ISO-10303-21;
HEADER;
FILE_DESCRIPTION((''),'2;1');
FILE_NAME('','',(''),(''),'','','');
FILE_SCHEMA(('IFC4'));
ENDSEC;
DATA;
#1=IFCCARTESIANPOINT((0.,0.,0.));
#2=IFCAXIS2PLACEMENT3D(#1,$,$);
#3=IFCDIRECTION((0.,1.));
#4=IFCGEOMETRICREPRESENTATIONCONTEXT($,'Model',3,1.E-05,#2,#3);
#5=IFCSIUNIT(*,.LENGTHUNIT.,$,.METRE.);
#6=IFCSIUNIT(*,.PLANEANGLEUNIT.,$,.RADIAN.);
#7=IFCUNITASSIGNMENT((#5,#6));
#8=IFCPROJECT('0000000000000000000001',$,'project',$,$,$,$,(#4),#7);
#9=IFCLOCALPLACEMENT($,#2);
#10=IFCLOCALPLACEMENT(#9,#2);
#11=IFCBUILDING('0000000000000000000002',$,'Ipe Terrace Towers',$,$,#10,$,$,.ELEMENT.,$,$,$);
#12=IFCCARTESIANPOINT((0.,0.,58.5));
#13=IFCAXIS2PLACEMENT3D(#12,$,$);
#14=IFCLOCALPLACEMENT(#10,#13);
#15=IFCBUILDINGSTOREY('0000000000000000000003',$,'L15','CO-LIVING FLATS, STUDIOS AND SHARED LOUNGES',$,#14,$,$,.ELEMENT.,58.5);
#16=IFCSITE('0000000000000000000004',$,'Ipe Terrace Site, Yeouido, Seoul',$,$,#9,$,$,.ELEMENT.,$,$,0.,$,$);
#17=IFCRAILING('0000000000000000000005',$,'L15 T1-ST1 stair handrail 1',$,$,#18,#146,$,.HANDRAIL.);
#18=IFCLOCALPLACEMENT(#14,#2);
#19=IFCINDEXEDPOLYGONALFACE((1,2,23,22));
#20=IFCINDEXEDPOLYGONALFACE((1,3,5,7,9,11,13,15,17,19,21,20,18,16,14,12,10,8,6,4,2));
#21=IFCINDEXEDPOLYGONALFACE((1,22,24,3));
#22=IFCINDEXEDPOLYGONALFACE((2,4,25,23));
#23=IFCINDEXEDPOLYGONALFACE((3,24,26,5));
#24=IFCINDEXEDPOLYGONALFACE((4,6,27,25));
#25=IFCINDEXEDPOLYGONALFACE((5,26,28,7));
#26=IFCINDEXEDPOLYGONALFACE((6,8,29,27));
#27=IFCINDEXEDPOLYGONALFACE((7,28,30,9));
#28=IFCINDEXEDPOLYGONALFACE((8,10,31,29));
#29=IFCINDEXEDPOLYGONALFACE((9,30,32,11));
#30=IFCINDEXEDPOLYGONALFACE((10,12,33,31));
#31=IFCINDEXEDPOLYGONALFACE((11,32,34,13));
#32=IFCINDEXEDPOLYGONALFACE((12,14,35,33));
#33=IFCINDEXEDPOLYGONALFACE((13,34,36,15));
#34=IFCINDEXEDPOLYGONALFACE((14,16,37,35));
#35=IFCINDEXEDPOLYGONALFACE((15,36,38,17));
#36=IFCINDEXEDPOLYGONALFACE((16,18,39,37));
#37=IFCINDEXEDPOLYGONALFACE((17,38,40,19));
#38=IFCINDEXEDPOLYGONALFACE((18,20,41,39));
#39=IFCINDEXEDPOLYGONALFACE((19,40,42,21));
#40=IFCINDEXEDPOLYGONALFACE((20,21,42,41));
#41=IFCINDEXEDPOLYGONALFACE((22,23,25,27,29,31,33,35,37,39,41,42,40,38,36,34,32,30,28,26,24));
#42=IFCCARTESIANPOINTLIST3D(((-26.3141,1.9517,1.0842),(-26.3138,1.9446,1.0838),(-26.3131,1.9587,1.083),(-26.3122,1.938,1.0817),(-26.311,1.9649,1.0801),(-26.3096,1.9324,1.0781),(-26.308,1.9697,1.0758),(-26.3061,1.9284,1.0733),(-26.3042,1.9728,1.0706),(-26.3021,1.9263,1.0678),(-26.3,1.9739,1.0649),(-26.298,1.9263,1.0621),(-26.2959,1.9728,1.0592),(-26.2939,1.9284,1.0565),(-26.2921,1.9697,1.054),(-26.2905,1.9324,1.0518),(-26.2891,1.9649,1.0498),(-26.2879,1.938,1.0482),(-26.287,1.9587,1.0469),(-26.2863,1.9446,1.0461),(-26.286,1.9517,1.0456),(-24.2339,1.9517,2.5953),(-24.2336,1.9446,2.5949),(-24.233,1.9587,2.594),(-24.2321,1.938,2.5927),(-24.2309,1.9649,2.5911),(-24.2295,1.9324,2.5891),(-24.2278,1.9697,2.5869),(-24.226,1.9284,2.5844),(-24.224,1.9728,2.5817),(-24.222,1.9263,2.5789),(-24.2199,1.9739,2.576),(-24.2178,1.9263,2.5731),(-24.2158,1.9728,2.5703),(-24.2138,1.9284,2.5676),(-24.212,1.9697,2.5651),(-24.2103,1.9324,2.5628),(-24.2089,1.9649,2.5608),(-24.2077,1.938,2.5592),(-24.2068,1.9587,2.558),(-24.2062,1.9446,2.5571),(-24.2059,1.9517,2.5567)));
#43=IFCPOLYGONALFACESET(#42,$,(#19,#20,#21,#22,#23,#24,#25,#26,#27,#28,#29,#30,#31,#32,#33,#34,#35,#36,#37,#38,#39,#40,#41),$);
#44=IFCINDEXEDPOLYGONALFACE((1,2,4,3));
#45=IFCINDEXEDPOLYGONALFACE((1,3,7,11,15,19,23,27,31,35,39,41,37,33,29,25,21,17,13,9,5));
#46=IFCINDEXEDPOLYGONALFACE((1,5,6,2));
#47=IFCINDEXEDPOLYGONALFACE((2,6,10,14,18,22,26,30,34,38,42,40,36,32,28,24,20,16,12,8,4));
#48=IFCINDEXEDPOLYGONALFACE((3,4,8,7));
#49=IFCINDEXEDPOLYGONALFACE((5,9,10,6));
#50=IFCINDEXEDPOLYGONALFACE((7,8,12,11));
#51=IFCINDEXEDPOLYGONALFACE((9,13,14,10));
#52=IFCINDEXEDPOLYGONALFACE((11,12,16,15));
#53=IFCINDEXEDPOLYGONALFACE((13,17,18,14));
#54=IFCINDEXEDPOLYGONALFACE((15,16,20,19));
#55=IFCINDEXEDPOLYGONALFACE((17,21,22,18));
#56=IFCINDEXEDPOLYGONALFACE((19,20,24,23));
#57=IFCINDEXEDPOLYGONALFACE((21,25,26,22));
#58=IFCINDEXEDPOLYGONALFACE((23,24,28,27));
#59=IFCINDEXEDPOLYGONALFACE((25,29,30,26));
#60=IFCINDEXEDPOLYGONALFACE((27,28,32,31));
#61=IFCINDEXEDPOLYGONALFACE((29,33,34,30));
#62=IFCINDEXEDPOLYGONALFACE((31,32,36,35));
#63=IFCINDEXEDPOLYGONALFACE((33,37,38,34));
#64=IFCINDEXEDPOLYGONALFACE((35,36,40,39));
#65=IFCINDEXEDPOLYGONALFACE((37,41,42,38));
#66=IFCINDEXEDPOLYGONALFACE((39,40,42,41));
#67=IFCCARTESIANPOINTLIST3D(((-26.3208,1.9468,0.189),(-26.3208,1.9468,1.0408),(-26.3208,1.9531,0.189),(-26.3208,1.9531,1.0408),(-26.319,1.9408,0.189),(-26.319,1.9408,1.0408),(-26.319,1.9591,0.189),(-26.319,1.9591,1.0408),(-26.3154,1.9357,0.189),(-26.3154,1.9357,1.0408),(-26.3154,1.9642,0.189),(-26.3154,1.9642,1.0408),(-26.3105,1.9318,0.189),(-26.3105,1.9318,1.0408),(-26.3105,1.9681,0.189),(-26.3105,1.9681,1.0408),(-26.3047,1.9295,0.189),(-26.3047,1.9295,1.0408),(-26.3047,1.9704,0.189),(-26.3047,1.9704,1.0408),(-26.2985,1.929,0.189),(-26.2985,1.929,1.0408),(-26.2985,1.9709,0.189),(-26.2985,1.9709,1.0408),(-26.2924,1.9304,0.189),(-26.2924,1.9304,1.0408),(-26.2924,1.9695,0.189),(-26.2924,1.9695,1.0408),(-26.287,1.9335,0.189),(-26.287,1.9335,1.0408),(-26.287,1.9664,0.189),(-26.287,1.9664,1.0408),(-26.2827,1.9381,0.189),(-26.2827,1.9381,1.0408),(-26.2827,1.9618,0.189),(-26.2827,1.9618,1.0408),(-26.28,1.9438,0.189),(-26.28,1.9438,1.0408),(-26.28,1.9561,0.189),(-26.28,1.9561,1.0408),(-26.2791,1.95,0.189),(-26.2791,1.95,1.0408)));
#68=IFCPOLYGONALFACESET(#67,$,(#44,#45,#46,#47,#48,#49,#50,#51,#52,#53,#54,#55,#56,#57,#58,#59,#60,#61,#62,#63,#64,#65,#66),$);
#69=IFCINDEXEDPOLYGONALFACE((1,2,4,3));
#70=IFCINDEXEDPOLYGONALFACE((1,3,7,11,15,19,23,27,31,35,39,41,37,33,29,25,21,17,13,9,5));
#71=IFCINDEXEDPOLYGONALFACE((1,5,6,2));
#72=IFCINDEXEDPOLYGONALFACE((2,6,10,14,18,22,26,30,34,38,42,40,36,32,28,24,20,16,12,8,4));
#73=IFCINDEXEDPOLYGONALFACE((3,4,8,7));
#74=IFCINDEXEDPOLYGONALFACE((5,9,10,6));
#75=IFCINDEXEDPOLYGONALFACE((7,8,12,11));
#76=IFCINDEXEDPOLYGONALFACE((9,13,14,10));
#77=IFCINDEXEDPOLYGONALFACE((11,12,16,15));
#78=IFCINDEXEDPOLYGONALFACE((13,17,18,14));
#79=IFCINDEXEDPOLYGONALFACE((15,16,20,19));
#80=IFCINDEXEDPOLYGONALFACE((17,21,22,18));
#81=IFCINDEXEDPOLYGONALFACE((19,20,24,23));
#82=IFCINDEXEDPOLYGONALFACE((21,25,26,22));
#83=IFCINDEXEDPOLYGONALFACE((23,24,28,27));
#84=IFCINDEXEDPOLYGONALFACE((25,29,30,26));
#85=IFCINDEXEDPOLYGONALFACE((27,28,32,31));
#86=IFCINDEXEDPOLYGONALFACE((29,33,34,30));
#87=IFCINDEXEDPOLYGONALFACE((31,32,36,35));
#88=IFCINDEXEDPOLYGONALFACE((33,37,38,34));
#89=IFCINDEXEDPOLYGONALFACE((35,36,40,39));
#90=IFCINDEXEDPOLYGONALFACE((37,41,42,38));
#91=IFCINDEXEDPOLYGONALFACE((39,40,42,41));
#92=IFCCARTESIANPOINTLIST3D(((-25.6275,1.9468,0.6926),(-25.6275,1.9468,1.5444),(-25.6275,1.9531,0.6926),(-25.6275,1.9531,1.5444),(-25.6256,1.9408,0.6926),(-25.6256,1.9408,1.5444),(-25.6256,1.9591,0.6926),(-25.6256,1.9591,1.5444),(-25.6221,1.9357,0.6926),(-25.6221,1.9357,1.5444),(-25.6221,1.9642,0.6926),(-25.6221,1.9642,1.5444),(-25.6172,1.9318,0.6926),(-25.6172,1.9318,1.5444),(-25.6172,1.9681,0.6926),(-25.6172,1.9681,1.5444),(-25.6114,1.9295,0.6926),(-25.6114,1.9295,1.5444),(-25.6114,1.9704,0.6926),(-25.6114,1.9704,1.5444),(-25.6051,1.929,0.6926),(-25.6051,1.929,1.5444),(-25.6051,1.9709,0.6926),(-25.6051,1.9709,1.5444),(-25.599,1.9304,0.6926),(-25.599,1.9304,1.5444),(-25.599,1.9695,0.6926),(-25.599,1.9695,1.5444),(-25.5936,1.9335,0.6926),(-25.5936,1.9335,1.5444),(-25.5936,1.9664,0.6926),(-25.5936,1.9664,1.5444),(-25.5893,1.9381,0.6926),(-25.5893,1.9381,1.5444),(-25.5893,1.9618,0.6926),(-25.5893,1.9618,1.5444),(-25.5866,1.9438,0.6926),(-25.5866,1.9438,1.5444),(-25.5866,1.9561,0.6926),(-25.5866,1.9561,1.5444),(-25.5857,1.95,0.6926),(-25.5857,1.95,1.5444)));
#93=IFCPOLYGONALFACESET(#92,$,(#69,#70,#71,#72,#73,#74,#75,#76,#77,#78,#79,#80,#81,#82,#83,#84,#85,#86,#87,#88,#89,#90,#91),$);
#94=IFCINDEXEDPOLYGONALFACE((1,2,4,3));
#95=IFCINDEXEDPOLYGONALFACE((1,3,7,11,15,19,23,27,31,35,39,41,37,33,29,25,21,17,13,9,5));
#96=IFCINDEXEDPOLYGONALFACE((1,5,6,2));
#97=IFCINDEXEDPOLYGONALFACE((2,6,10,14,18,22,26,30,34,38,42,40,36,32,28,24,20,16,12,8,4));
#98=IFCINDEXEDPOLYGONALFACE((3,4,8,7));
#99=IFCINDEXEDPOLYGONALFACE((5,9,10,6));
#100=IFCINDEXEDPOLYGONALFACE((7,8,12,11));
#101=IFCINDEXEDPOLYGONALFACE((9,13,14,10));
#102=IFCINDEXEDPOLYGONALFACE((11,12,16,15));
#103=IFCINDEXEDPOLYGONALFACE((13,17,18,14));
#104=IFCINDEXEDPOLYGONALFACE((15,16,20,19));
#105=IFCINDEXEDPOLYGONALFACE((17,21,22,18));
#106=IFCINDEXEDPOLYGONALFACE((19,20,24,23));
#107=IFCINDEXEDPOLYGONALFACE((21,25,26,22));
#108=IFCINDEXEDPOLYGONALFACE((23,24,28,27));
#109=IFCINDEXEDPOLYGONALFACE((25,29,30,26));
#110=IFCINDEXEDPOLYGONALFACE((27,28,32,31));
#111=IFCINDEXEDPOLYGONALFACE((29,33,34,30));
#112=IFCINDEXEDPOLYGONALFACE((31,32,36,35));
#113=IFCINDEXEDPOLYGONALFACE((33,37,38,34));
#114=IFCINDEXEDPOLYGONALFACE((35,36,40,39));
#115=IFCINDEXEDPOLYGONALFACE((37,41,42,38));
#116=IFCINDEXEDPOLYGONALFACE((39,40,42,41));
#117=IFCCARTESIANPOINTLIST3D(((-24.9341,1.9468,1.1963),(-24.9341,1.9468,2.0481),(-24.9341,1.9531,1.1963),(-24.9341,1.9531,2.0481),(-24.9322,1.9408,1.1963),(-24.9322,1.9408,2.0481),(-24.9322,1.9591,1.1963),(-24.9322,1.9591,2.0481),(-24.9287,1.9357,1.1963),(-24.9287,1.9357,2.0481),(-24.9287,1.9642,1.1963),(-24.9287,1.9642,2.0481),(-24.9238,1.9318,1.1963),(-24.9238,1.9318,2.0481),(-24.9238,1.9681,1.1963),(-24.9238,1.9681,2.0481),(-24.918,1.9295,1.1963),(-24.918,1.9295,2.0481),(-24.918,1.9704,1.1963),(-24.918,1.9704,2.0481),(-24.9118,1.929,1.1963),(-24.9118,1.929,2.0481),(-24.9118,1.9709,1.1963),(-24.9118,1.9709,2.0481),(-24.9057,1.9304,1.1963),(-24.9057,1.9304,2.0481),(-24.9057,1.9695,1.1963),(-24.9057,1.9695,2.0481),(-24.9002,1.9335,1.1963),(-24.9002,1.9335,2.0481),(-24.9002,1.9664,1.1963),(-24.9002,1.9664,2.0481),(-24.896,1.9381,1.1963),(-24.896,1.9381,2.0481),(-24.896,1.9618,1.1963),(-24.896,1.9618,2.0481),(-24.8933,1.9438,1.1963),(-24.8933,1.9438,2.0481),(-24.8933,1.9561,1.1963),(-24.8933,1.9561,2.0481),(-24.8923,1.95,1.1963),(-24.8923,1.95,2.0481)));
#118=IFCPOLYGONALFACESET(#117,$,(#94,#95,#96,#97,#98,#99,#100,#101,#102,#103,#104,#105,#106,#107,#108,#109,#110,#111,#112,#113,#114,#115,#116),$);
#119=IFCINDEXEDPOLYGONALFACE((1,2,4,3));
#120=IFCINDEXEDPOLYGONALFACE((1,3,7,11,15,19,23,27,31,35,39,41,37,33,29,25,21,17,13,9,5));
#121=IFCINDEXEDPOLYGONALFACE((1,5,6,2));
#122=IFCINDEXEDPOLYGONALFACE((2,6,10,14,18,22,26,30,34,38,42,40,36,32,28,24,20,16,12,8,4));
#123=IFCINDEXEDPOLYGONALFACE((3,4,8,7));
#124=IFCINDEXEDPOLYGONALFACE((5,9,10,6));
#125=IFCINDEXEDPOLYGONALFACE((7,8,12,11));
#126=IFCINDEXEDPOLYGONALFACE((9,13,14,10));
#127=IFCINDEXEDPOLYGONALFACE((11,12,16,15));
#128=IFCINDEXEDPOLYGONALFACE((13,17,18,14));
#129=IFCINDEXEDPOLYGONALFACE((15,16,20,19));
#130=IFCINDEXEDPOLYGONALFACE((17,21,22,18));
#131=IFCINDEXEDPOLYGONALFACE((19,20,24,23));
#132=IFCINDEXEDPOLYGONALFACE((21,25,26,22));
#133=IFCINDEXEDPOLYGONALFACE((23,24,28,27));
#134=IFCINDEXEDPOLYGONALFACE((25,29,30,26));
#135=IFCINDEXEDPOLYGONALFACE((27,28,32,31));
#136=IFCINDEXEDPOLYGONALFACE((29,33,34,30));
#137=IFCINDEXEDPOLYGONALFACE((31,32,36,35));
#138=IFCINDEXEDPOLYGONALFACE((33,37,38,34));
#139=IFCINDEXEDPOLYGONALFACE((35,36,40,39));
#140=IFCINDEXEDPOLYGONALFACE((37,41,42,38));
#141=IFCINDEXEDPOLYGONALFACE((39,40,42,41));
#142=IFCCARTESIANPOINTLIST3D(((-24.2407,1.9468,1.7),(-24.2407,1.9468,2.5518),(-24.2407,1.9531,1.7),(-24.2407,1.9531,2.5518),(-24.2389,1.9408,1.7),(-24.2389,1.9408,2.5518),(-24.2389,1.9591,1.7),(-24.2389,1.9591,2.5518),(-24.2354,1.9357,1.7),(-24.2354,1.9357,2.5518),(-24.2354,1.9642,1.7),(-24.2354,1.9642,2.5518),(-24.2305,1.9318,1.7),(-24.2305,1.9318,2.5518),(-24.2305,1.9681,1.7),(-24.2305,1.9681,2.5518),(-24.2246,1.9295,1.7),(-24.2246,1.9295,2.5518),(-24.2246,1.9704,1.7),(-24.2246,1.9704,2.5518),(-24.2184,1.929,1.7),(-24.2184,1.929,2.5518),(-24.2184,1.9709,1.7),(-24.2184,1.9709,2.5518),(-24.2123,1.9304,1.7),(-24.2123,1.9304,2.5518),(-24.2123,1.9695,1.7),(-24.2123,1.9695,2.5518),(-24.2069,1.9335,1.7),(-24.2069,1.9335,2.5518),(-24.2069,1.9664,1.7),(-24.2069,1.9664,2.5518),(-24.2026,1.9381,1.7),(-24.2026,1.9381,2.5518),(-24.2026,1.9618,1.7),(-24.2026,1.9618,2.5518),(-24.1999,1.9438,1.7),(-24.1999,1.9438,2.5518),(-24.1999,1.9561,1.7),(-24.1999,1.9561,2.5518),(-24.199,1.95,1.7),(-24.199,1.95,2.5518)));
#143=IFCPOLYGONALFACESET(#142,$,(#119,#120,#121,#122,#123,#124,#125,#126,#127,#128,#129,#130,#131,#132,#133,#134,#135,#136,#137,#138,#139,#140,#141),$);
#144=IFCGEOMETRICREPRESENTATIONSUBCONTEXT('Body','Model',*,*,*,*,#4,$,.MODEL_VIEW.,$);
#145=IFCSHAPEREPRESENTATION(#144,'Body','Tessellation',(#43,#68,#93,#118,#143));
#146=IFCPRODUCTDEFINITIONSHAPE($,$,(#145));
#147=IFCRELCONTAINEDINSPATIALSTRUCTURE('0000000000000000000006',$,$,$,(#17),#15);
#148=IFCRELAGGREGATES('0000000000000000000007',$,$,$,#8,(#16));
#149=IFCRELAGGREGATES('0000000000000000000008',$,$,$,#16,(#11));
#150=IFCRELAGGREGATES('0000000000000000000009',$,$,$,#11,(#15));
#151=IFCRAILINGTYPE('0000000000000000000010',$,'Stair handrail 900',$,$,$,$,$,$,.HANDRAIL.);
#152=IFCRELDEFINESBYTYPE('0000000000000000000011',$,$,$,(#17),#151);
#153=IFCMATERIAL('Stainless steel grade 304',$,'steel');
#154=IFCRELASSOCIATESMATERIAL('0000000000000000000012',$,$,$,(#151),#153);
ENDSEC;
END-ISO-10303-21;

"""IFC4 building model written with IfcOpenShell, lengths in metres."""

from ifc_helpers import new_model, si_unit, direction, frame, origin, origin_2d, place, context, subcontext, project, spatial, circle, extrude, material, type_object, element, save


model = new_model("IFC4")

# Units and contexts
model_context = context("Model", 3, precision=1e-05, world=origin(), true_north=direction((0.0, 1.0)))
body_context = subcontext(model_context, "Body", "Model", "MODEL_VIEW")
ifc_project = project(units=[si_unit("LENGTHUNIT", "METRE"), si_unit("PLANEANGLEUNIT", "RADIAN")], contexts=[model_context])

# Site, building, storey
site_placement = place(None, origin())
site = spatial("IfcSite", under=ifc_project, at=site_placement, Name="Ipe Terrace Site, Yeouido, Seoul", CompositionType="ELEMENT", RefElevation=0.0)
building_placement = place(site_placement, origin())
building = spatial("IfcBuilding", under=site, at=building_placement, Name="Ipe Terrace Towers", CompositionType="ELEMENT")
storey_placement = place(building_placement, frame((0.0, 0.0, 58.5)))
storey = spatial("IfcBuildingStorey", under=building, at=storey_placement, Name="L15", Description="CO-LIVING FLATS, STUDIOS AND SHARED LOUNGES", CompositionType="ELEMENT", Elevation=58.5)

# Railing
ifc_material_1 = material(Name="Stainless steel grade 304", Category="steel")
railing_type_1 = type_object("IfcRailingType", Name="Stair handrail 900", PredefinedType="HANDRAIL", material=ifc_material_1)
railing_1_placement = place(storey_placement, frame((-26.3, 1.95, 0.189)))
element("IfcRailing", 1, at=railing_1_placement, inside=storey, type_object=railing_type_1, Name="L15 T1-ST1 stair handrail 1", PredefinedType="HANDRAIL", context=body_context, shape_type="SweptSolid", body=[
    extrude(circle(Radius=0.0239, at=origin_2d()), frame((0.0, 0.0, 0.876), z_axis=(0.809069, 0.0, 0.587714), x_axis=(0.0, 1.0, 0.0)), (0.0, 0.0, 1.0), 2.571),
    extrude(circle(Radius=0.021, at=origin_2d()), origin(), (0.0, 0.0, 1.0), 0.8518),
    extrude(circle(Radius=0.021, at=origin_2d()), frame((0.6934, 0.0, 0.5037)), (0.0, 0.0, 1.0), 0.8518),
    extrude(circle(Radius=0.021, at=origin_2d()), frame((1.3867, 0.0, 1.0073)), (0.0, 0.0, 1.0), 0.8518),
    extrude(circle(Radius=0.021, at=origin_2d()), frame((2.0801, 0.0, 1.511)), (0.0, 0.0, 1.0), 0.8518),
])

save(model, "model.ifc")
